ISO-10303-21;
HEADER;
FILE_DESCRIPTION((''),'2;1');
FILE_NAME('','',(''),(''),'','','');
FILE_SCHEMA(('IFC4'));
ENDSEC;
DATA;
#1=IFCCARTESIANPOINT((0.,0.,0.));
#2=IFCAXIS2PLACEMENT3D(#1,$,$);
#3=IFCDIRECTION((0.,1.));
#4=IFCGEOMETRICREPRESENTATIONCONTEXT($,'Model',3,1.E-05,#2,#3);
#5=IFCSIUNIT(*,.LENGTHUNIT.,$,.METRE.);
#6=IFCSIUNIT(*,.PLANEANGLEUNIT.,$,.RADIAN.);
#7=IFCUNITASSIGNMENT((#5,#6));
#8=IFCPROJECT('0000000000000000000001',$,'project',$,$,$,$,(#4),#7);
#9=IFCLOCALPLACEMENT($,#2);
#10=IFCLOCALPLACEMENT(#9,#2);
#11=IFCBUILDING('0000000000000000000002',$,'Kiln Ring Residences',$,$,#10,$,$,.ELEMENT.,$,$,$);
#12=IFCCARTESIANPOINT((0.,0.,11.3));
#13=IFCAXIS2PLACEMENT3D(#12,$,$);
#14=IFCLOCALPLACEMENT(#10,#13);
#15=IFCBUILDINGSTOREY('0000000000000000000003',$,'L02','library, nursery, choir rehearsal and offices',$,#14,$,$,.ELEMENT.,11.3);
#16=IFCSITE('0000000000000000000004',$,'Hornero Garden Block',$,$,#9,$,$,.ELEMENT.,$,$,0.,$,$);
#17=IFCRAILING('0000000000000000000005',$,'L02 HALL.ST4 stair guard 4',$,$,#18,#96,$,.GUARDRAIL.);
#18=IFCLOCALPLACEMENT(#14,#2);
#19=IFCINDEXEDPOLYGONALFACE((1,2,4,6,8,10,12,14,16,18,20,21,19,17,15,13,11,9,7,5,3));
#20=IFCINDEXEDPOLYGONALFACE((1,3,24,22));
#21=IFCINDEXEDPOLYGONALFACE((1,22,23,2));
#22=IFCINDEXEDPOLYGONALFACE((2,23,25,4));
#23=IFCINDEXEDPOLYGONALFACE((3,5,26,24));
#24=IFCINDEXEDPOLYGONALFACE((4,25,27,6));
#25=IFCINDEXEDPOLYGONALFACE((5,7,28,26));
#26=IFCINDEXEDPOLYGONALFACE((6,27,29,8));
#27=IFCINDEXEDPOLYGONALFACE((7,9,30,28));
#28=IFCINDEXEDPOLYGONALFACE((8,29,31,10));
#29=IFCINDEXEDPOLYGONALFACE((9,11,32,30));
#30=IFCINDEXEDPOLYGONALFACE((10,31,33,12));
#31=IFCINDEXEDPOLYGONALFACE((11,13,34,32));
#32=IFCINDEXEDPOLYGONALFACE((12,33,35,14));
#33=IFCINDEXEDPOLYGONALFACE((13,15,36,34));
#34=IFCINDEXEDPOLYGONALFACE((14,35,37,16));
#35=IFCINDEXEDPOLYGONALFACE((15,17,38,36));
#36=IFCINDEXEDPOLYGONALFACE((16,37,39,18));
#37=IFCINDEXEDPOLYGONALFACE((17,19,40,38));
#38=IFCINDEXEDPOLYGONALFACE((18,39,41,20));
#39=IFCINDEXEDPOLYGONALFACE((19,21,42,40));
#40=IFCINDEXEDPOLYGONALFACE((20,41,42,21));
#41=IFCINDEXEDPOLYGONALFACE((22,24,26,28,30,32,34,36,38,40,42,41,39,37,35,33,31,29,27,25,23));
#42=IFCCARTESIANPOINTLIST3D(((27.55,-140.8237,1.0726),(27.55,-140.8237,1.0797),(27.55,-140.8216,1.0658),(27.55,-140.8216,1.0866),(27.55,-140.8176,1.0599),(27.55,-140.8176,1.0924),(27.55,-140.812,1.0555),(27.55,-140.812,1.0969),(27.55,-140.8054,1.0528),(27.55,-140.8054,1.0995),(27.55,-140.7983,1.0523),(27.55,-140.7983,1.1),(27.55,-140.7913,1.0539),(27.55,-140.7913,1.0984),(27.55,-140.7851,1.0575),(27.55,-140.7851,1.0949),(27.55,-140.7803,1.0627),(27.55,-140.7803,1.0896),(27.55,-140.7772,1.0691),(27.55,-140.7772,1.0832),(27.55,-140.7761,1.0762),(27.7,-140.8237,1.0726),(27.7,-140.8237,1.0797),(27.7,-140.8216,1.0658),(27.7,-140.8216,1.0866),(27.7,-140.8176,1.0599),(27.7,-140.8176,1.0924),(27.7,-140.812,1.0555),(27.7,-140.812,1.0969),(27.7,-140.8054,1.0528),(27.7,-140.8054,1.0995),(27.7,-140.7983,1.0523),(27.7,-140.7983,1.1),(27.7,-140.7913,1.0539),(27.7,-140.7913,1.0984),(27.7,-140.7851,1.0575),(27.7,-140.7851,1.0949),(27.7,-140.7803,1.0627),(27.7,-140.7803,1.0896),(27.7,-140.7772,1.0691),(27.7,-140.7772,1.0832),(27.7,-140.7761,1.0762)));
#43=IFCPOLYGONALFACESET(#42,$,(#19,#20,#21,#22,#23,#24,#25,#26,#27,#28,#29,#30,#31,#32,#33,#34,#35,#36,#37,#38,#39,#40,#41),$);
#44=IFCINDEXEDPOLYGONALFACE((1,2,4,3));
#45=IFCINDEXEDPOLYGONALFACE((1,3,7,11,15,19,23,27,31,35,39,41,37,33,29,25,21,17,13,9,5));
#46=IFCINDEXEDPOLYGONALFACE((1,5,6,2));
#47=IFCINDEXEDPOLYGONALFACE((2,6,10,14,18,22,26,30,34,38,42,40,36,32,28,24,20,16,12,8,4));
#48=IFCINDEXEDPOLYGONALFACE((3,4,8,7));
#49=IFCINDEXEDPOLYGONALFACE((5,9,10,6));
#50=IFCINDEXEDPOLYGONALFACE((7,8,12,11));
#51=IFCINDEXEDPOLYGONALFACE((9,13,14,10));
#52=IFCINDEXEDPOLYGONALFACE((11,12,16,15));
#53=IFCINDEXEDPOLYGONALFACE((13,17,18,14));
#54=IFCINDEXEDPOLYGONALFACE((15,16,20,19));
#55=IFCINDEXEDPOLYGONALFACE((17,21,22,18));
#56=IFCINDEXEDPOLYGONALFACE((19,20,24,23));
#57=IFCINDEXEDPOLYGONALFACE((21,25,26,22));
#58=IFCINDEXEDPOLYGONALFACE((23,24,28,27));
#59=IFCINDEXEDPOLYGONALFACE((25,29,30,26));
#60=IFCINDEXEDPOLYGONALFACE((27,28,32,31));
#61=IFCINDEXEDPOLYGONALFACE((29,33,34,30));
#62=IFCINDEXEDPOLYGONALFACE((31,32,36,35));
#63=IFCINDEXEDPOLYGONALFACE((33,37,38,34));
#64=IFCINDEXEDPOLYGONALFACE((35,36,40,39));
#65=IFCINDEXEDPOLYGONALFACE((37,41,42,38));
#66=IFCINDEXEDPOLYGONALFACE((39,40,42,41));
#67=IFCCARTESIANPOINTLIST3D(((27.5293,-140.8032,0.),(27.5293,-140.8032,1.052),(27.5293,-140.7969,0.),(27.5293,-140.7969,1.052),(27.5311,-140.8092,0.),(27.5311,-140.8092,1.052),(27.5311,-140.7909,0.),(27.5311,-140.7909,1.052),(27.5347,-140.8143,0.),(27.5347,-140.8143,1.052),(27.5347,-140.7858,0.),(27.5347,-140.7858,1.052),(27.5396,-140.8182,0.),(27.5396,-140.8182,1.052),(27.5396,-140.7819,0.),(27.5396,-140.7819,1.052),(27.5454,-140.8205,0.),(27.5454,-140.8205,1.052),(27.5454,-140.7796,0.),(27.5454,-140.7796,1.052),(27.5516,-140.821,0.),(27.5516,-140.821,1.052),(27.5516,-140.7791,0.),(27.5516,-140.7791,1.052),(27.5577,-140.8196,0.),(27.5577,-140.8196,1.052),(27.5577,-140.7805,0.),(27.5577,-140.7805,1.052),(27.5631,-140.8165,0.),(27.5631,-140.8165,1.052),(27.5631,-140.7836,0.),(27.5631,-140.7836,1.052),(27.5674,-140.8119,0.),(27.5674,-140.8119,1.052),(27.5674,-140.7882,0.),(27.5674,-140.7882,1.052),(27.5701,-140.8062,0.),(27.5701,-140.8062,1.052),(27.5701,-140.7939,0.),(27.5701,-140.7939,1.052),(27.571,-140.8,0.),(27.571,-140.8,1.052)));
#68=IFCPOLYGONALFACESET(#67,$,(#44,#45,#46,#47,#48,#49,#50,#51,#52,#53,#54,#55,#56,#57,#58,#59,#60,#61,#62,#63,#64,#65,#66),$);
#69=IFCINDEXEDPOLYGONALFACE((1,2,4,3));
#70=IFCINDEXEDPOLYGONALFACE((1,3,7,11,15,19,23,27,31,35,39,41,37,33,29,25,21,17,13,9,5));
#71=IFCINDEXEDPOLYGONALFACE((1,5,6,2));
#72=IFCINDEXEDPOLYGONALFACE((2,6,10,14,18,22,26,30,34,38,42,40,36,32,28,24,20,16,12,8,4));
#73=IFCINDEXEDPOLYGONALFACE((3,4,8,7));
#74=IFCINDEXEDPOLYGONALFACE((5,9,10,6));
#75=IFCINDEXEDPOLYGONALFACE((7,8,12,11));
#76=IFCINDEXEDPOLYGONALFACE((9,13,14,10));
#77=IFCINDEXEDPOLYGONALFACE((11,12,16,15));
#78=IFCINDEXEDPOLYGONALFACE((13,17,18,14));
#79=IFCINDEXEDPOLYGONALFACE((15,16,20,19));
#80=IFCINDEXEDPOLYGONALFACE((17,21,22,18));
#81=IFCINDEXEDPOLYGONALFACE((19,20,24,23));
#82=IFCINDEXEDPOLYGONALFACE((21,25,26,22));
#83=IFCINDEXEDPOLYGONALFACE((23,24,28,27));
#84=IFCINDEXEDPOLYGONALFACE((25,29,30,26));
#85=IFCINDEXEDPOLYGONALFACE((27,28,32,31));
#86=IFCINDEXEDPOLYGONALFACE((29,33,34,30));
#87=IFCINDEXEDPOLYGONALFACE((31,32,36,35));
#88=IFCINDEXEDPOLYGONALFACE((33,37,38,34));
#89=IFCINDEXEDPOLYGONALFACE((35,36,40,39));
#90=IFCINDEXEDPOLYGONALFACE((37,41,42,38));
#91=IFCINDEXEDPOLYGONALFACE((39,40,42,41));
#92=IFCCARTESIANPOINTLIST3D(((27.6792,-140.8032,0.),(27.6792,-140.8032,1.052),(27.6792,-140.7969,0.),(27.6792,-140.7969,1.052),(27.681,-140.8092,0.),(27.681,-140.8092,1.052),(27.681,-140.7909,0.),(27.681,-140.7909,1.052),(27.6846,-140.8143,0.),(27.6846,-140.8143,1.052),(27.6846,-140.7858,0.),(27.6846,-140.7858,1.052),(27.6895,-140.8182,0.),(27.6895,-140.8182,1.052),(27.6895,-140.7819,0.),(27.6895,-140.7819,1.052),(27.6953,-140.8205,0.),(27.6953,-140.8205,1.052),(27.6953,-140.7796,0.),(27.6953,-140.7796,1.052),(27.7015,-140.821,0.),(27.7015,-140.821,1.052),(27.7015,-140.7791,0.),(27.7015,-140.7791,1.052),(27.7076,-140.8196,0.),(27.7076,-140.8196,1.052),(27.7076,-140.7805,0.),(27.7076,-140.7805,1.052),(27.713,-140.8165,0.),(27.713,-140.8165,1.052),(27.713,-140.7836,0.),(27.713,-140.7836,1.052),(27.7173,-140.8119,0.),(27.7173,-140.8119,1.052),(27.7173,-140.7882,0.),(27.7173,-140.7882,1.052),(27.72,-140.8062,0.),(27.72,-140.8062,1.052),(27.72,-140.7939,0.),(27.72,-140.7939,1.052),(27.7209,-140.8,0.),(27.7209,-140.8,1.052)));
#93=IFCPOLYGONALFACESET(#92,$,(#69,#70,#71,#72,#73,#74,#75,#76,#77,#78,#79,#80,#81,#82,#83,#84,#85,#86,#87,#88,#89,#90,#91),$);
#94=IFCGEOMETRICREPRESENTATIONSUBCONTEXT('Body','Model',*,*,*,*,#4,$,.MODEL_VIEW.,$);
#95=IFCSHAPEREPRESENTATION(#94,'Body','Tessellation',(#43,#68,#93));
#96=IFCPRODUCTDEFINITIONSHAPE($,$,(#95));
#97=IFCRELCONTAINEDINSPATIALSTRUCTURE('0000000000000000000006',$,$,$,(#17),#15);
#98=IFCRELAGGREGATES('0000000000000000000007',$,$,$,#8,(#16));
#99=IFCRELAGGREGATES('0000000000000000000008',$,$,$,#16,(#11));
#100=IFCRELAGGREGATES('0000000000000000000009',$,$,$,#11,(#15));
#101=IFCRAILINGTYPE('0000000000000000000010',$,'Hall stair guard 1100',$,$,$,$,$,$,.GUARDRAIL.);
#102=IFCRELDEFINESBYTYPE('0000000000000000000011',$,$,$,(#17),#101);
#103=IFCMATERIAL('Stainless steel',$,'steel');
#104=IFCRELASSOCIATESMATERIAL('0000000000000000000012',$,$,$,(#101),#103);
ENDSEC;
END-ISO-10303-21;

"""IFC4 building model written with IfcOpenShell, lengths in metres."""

from ifc_helpers import new_model, si_unit, direction, frame, origin, origin_2d, place, context, subcontext, project, spatial, circle, extrude, material, type_object, element, save


model = new_model("IFC4")

# Units and contexts
model_context = context("Model", 3, precision=1e-05, world=origin(), true_north=direction((0.0, 1.0)))
body_context = subcontext(model_context, "Body", "Model", "MODEL_VIEW")
ifc_project = project(units=[si_unit("LENGTHUNIT", "METRE"), si_unit("PLANEANGLEUNIT", "RADIAN")], contexts=[model_context])

# Site, building, storey
site_placement = place(None, origin())
site = spatial("IfcSite", under=ifc_project, at=site_placement, Name="Hornero Garden Block", CompositionType="ELEMENT", RefElevation=0.0)
building_placement = place(site_placement, origin())
building = spatial("IfcBuilding", under=site, at=building_placement, Name="Kiln Ring Residences", CompositionType="ELEMENT")
storey_placement = place(building_placement, frame((0.0, 0.0, 11.3)))
storey = spatial("IfcBuildingStorey", under=building, at=storey_placement, Name="L02", Description="library, nursery, choir rehearsal and offices", CompositionType="ELEMENT", Elevation=11.3)

# Railing
ifc_material_1 = material(Name="Stainless steel", Category="steel")
railing_type_1 = type_object("IfcRailingType", Name="Hall stair guard 1100", PredefinedType="GUARDRAIL", material=ifc_material_1)
railing_1_placement = place(storey_placement, frame((27.55, -140.8, 0.0)))
element("IfcRailing", 1, at=railing_1_placement, inside=storey, type_object=railing_type_1, Name="L02 HALL.ST4 stair guard 4", PredefinedType="GUARDRAIL", context=body_context, shape_type="SweptSolid", body=[
    extrude(circle(Radius=0.0239, at=origin_2d()), frame((0.0, 0.0, 1.0762), z_axis=(1.0, 0.0, 0.0), x_axis=(0.0, 1.0, 0.0)), (0.0, 0.0, 1.0), 0.1499),
    extrude(circle(Radius=0.021, at=origin_2d()), origin(), (0.0, 0.0, 1.0), 1.052),
    extrude(circle(Radius=0.021, at=origin_2d()), frame((0.1499, 0.0, 0.0)), (0.0, 0.0, 1.0), 1.052),
])

save(model, "model.ifc")
